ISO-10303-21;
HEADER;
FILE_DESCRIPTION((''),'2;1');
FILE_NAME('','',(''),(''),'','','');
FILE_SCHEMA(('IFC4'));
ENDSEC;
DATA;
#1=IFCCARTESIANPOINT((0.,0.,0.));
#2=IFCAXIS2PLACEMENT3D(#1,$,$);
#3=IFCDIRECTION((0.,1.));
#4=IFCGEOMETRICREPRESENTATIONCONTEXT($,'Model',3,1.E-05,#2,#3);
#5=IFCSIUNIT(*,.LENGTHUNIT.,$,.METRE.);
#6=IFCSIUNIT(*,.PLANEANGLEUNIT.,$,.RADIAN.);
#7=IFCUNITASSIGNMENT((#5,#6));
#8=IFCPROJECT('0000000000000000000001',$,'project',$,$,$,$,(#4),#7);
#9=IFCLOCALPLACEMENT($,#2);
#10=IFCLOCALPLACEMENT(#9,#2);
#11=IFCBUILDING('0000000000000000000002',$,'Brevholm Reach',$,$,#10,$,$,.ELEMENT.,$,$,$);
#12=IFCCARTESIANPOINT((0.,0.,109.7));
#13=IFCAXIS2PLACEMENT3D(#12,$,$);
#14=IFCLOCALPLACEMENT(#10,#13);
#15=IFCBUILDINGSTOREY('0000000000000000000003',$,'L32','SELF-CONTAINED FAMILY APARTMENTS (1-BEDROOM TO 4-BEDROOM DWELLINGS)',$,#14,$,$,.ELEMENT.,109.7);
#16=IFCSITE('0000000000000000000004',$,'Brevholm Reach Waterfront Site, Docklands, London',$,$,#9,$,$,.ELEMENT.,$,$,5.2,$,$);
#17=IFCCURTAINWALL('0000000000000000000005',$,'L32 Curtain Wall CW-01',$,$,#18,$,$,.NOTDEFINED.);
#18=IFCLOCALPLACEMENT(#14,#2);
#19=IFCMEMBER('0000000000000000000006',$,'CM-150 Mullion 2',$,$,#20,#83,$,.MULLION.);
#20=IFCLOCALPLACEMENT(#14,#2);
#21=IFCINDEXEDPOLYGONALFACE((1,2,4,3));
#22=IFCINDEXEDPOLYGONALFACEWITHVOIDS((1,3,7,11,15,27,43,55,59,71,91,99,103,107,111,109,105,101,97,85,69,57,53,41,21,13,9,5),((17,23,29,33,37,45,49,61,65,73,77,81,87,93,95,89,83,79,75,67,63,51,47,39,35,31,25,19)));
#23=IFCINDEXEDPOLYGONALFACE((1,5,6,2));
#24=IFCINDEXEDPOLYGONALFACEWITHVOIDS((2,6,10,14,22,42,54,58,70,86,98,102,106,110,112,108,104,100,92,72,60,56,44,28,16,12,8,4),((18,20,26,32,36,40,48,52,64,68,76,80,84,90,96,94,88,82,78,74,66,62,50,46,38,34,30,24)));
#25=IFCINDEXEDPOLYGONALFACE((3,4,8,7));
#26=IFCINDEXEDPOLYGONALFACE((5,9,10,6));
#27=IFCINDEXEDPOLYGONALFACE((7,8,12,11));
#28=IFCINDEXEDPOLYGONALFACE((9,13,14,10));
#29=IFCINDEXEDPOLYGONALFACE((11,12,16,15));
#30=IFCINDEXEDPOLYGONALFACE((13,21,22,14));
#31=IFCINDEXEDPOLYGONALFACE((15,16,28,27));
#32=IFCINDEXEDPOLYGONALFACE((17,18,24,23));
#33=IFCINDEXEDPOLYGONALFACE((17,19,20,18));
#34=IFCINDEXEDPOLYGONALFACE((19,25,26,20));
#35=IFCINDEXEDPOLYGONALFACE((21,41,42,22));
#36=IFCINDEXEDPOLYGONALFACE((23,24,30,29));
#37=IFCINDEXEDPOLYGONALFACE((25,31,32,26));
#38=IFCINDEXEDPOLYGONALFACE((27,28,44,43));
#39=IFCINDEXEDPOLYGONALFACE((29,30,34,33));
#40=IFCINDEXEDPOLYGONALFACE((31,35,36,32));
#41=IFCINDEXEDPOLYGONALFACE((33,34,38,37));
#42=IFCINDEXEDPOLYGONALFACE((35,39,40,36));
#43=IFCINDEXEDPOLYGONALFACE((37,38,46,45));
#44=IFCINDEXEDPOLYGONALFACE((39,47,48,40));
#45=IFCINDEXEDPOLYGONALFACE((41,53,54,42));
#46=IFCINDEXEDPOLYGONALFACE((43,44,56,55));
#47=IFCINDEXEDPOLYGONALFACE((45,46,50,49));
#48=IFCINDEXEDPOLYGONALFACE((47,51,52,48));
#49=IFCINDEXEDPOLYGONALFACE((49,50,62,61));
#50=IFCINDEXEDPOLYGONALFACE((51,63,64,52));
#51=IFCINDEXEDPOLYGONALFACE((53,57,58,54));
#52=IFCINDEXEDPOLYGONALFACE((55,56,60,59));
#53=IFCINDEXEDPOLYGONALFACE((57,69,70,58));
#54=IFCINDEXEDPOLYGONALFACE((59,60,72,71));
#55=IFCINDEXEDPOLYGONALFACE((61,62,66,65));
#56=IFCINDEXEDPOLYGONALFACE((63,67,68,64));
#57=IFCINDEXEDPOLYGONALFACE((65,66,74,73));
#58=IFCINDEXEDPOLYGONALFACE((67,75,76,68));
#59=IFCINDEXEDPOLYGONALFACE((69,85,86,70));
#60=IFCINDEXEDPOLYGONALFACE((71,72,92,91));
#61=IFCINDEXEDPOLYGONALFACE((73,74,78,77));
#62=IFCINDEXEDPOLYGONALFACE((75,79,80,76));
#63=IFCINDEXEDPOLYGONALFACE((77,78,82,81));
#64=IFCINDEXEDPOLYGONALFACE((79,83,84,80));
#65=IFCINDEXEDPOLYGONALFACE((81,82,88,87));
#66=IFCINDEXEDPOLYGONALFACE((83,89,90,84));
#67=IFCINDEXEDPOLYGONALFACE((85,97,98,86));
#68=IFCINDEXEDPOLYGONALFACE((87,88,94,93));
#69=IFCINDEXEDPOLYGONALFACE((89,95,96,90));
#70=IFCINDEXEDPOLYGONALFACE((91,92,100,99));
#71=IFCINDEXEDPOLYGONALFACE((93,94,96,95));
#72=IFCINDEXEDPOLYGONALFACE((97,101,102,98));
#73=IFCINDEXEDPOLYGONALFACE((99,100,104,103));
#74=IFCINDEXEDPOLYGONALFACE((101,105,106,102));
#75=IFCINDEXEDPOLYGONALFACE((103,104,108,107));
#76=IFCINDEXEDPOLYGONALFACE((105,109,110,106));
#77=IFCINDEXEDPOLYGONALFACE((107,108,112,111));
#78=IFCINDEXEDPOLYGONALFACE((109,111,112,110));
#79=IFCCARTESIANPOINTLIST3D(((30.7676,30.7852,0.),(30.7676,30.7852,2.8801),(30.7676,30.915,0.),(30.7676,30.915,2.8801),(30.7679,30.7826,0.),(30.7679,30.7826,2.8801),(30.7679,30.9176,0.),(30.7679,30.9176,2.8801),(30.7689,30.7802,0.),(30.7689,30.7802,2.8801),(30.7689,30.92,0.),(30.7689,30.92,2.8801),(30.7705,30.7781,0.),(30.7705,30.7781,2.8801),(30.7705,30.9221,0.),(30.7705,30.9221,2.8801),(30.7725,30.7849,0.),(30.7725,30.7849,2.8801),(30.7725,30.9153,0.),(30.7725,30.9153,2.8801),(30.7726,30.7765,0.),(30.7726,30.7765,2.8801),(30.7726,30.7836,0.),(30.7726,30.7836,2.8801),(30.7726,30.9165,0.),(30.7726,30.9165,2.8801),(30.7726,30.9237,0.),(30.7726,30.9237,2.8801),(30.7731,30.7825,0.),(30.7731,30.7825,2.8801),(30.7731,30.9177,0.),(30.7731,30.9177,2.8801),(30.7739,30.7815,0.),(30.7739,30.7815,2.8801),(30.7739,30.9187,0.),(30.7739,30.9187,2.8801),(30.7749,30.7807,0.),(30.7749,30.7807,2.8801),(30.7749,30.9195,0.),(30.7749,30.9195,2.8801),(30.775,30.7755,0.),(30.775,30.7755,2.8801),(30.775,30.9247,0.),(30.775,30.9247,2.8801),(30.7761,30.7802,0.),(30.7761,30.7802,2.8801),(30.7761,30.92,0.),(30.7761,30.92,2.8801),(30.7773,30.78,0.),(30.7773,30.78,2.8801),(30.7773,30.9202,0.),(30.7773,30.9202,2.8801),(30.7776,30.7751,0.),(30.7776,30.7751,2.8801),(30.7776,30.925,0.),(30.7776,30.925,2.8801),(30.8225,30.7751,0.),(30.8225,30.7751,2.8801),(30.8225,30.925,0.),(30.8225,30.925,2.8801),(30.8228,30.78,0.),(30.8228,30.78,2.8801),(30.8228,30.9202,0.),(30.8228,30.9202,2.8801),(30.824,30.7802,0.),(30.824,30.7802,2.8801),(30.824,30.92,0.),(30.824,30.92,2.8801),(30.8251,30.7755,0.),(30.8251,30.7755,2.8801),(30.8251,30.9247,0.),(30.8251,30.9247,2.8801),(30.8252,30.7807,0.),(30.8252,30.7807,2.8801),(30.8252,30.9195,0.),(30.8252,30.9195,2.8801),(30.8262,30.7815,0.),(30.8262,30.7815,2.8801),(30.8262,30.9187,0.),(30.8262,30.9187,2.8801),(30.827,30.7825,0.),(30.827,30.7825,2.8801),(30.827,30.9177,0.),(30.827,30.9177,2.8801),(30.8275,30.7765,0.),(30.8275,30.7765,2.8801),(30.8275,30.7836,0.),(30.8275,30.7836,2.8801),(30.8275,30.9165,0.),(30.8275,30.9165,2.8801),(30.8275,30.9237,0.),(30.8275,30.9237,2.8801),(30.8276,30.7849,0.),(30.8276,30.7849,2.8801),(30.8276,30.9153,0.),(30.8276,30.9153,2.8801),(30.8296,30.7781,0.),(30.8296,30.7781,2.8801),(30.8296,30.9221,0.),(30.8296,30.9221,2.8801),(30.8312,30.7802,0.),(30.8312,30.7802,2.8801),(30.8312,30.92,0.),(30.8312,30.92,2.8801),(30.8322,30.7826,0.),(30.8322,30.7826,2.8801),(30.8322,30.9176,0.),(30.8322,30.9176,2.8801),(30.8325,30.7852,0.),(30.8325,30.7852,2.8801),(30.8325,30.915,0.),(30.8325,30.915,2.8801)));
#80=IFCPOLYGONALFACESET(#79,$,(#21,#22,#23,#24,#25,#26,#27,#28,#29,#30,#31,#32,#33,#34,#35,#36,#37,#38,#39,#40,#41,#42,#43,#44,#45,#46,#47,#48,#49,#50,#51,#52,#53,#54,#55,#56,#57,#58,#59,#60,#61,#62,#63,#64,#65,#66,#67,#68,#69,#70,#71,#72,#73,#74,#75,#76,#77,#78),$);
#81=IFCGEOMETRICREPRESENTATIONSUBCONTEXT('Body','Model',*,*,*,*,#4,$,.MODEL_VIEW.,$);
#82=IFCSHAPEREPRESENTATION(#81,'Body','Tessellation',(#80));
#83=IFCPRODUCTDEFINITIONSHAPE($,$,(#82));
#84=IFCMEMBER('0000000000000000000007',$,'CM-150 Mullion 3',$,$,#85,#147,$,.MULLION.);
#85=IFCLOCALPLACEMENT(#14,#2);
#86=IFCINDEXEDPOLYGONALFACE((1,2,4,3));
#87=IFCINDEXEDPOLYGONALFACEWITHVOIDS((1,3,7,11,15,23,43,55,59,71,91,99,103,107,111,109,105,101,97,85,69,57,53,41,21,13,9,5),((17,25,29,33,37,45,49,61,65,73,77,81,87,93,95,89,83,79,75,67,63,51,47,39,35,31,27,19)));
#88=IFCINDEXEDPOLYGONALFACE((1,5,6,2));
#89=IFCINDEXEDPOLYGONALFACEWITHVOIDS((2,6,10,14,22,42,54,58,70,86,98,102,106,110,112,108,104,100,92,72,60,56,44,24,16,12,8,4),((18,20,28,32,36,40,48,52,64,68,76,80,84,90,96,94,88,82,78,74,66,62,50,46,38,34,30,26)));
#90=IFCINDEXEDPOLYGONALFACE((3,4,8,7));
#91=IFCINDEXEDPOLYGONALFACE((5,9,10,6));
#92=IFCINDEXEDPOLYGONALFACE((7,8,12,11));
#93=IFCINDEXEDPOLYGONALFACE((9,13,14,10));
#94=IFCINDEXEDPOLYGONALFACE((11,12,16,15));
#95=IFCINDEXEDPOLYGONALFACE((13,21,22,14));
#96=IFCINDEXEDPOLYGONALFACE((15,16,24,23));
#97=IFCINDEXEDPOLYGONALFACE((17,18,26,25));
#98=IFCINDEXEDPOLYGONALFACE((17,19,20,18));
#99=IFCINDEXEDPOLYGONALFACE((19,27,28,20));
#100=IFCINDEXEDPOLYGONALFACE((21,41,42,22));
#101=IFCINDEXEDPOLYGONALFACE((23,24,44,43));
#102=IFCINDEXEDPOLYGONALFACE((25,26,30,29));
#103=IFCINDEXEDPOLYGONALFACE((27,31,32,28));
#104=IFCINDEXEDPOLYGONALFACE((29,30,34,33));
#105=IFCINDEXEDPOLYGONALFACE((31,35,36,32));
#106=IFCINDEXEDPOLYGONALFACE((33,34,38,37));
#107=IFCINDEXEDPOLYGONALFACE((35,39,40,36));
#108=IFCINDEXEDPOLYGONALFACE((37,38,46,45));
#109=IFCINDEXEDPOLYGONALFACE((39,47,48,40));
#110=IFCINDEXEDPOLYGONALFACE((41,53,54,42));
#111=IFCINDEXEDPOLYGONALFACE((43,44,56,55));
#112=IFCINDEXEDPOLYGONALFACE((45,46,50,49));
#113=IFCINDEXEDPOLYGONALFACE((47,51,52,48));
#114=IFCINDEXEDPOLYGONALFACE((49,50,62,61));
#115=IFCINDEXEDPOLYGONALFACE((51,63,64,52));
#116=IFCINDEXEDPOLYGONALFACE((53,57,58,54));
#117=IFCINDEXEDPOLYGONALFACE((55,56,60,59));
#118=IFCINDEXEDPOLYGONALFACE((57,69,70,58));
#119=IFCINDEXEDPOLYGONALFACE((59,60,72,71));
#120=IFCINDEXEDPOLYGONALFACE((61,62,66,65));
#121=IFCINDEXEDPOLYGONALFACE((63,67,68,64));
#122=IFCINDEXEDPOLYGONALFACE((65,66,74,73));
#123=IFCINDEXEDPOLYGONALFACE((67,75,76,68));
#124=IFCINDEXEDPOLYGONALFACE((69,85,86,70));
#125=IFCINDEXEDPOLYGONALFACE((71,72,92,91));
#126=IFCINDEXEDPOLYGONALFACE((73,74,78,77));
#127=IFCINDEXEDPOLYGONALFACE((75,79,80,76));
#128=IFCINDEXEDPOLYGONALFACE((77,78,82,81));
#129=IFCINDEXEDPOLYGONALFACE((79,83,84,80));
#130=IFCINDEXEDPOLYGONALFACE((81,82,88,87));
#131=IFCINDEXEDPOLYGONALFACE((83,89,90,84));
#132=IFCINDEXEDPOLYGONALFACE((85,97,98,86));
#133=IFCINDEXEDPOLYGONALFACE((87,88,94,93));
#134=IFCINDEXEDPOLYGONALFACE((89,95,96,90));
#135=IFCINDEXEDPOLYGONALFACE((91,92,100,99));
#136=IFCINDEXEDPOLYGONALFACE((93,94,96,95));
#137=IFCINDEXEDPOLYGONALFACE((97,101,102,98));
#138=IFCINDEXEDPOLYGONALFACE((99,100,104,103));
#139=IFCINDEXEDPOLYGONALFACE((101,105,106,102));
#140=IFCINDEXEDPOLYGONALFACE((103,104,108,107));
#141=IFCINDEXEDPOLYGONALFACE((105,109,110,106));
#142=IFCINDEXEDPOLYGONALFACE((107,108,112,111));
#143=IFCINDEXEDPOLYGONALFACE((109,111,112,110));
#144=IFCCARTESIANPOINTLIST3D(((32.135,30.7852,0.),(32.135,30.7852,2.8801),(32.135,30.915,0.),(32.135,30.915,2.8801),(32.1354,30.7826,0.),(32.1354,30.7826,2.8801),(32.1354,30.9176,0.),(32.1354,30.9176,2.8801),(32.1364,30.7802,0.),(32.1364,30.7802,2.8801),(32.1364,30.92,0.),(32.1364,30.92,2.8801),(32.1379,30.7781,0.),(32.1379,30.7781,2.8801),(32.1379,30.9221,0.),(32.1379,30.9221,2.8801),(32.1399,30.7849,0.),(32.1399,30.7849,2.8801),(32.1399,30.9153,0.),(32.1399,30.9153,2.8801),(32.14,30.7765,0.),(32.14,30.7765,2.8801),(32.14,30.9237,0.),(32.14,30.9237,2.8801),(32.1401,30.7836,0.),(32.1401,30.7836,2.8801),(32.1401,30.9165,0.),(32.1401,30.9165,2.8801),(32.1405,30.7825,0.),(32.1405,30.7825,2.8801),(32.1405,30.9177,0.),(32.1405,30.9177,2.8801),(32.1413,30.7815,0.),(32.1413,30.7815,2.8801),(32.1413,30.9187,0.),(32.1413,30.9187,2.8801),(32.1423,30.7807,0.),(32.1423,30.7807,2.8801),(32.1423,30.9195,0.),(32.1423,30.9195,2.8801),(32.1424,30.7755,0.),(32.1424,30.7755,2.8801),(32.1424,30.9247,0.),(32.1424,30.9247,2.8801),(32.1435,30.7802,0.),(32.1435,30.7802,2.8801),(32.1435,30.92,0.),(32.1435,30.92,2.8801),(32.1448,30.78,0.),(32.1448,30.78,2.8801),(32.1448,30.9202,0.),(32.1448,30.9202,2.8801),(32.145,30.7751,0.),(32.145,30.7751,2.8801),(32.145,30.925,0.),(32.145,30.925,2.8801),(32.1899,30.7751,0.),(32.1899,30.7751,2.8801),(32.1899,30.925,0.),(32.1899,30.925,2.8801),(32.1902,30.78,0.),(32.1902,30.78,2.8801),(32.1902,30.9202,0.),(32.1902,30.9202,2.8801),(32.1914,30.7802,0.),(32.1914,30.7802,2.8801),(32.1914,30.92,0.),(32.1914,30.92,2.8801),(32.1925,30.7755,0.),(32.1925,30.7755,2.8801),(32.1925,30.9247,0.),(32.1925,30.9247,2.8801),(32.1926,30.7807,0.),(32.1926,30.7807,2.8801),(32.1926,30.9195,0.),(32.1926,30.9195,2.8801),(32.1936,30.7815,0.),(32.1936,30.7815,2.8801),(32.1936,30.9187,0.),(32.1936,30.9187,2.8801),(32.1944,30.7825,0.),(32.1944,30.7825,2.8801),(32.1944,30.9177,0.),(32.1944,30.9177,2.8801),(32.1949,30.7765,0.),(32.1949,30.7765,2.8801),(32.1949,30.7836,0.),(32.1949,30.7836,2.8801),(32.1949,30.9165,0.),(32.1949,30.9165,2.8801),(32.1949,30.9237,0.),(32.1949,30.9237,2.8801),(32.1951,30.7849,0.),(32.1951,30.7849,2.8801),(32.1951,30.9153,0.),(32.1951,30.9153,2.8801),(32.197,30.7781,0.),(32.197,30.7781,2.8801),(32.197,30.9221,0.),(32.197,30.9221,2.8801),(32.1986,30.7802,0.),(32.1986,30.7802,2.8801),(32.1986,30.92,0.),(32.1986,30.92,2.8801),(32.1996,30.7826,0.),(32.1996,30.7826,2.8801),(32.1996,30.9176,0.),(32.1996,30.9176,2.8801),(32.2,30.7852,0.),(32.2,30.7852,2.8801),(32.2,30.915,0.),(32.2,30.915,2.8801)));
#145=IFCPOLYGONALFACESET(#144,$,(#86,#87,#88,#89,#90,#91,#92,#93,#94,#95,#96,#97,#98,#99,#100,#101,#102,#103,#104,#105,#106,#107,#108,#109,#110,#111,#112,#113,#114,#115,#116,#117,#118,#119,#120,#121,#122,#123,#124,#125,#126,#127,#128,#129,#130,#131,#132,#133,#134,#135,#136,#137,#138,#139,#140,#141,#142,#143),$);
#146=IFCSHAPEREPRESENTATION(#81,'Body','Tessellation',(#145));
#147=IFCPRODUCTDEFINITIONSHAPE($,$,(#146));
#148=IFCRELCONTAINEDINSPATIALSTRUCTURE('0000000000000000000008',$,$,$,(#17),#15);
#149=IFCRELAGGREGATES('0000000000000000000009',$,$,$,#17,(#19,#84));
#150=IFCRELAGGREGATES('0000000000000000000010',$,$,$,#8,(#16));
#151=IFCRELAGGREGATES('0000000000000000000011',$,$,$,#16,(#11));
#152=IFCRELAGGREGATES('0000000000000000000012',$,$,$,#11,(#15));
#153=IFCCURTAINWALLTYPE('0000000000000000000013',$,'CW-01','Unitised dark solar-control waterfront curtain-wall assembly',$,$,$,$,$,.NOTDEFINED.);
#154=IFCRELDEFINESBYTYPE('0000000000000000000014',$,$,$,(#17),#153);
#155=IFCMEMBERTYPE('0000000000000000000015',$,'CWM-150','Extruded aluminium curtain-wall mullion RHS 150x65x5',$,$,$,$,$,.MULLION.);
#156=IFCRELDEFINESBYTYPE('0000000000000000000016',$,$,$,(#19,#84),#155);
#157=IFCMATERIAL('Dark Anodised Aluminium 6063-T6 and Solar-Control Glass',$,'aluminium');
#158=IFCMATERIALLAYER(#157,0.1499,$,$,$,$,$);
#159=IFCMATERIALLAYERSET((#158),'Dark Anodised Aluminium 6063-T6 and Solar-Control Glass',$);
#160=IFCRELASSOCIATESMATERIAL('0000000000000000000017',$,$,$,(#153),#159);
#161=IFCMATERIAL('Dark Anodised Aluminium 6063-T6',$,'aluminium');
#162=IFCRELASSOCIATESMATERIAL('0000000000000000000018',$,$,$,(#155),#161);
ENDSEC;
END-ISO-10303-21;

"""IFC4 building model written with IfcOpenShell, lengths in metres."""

from ifc_helpers import new_model, si_unit, direction, frame, origin, origin_2d, place, context, subcontext, project, spatial, hollow_rectangle, extrude, material, layer, layer_set, material_profile, profile_set, type_object, element, aggregate, save


model = new_model("IFC4")

# Units and contexts
model_context = context("Model", 3, precision=1e-05, world=origin(), true_north=direction((0.0, 1.0)))
body_context = subcontext(model_context, "Body", "Model", "MODEL_VIEW")
ifc_project = project(units=[si_unit("LENGTHUNIT", "METRE"), si_unit("PLANEANGLEUNIT", "RADIAN")], contexts=[model_context])

# Site, building, storey
site_placement = place(None, origin())
site = spatial("IfcSite", under=ifc_project, at=site_placement, Name="Brevholm Reach Waterfront Site, Docklands, London", CompositionType="ELEMENT", RefElevation=5.2)
building_placement = place(site_placement, origin())
building = spatial("IfcBuilding", under=site, at=building_placement, Name="Brevholm Reach", CompositionType="ELEMENT")
storey_placement = place(building_placement, frame((0.0, 0.0, 109.7)))
storey = spatial("IfcBuildingStorey", under=building, at=storey_placement, Name="L32", Description="SELF-CONTAINED FAMILY APARTMENTS (1-BEDROOM TO 4-BEDROOM DWELLINGS)", CompositionType="ELEMENT", Elevation=109.7)

# Curtain wall, members
ifc_material_1 = material(Name="Dark Anodised Aluminium 6063-T6 and Solar-Control Glass", Category="aluminium")
ifc_layer_1 = layer(ifc_material_1, 0.1499)
ifc_layer_set_1 = layer_set([ifc_layer_1], Name="Dark Anodised Aluminium 6063-T6 and Solar-Control Glass")
curtain_wall_type_1 = type_object("IfcCurtainWallType", Name="CW-01", Description="Unitised dark solar-control waterfront curtain-wall assembly", PredefinedType="NOTDEFINED", material=ifc_layer_set_1)
curtain_wall_1_placement = place(storey_placement, origin())
curtain_wall_1 = element("IfcCurtainWall", 1, at=curtain_wall_1_placement, inside=storey, type_object=curtain_wall_type_1, Name="L32 Curtain Wall CW-01", PredefinedType="NOTDEFINED")
ifc_material_2 = material(Name="Dark Anodised Aluminium 6063-T6", Category="aluminium")
ifc_material_profile_1 = material_profile(ifc_material_2, hollow_rectangle(XDim=0.0649, YDim=0.1499, WallThickness=0.0049, InnerFilletRadius=0.0049, OuterFilletRadius=0.01, at=origin_2d()), Name="RHS 150x65x5")
ifc_profile_set_1 = profile_set([ifc_material_profile_1], Name="Dark Anodised Aluminium 6063-T6")
member_type_1 = type_object("IfcMemberType", Name="CWM-150", Description="Extruded aluminium curtain-wall mullion RHS 150x65x5", PredefinedType="MULLION", material=ifc_profile_set_1)
member_1_placement = place(storey_placement, frame((30.8, 30.8501, 0.0), z_axis=(0.0, 0.0, 1.0), x_axis=(1.0, 0.0, 0.0)))
member_1 = element("IfcMember", 2, at=member_1_placement, type_object=member_type_1, Name="CM-150 Mullion 2", PredefinedType="MULLION", context=body_context, shape_type="SweptSolid", body=[
    extrude(hollow_rectangle(XDim=0.0649, YDim=0.1499, WallThickness=0.0049, InnerFilletRadius=0.0049, OuterFilletRadius=0.01, at=origin_2d()), origin(), (0.0, 0.0, 1.0), 2.8801),
])
member_2_placement = place(storey_placement, frame((32.1675, 30.8501, 0.0), z_axis=(0.0, 0.0, 1.0), x_axis=(1.0, 0.0, 0.0)))
member_2 = element("IfcMember", 3, at=member_2_placement, type_object=member_type_1, Name="CM-150 Mullion 3", PredefinedType="MULLION", context=body_context, shape_type="SweptSolid", body=[
    extrude(hollow_rectangle(XDim=0.0649, YDim=0.1499, WallThickness=0.0049, InnerFilletRadius=0.0049, OuterFilletRadius=0.01, at=origin_2d()), origin(), (0.0, 0.0, 1.0), 2.8801),
])

aggregate(curtain_wall_1, [member_1, member_2])

save(model, "model.ifc")
